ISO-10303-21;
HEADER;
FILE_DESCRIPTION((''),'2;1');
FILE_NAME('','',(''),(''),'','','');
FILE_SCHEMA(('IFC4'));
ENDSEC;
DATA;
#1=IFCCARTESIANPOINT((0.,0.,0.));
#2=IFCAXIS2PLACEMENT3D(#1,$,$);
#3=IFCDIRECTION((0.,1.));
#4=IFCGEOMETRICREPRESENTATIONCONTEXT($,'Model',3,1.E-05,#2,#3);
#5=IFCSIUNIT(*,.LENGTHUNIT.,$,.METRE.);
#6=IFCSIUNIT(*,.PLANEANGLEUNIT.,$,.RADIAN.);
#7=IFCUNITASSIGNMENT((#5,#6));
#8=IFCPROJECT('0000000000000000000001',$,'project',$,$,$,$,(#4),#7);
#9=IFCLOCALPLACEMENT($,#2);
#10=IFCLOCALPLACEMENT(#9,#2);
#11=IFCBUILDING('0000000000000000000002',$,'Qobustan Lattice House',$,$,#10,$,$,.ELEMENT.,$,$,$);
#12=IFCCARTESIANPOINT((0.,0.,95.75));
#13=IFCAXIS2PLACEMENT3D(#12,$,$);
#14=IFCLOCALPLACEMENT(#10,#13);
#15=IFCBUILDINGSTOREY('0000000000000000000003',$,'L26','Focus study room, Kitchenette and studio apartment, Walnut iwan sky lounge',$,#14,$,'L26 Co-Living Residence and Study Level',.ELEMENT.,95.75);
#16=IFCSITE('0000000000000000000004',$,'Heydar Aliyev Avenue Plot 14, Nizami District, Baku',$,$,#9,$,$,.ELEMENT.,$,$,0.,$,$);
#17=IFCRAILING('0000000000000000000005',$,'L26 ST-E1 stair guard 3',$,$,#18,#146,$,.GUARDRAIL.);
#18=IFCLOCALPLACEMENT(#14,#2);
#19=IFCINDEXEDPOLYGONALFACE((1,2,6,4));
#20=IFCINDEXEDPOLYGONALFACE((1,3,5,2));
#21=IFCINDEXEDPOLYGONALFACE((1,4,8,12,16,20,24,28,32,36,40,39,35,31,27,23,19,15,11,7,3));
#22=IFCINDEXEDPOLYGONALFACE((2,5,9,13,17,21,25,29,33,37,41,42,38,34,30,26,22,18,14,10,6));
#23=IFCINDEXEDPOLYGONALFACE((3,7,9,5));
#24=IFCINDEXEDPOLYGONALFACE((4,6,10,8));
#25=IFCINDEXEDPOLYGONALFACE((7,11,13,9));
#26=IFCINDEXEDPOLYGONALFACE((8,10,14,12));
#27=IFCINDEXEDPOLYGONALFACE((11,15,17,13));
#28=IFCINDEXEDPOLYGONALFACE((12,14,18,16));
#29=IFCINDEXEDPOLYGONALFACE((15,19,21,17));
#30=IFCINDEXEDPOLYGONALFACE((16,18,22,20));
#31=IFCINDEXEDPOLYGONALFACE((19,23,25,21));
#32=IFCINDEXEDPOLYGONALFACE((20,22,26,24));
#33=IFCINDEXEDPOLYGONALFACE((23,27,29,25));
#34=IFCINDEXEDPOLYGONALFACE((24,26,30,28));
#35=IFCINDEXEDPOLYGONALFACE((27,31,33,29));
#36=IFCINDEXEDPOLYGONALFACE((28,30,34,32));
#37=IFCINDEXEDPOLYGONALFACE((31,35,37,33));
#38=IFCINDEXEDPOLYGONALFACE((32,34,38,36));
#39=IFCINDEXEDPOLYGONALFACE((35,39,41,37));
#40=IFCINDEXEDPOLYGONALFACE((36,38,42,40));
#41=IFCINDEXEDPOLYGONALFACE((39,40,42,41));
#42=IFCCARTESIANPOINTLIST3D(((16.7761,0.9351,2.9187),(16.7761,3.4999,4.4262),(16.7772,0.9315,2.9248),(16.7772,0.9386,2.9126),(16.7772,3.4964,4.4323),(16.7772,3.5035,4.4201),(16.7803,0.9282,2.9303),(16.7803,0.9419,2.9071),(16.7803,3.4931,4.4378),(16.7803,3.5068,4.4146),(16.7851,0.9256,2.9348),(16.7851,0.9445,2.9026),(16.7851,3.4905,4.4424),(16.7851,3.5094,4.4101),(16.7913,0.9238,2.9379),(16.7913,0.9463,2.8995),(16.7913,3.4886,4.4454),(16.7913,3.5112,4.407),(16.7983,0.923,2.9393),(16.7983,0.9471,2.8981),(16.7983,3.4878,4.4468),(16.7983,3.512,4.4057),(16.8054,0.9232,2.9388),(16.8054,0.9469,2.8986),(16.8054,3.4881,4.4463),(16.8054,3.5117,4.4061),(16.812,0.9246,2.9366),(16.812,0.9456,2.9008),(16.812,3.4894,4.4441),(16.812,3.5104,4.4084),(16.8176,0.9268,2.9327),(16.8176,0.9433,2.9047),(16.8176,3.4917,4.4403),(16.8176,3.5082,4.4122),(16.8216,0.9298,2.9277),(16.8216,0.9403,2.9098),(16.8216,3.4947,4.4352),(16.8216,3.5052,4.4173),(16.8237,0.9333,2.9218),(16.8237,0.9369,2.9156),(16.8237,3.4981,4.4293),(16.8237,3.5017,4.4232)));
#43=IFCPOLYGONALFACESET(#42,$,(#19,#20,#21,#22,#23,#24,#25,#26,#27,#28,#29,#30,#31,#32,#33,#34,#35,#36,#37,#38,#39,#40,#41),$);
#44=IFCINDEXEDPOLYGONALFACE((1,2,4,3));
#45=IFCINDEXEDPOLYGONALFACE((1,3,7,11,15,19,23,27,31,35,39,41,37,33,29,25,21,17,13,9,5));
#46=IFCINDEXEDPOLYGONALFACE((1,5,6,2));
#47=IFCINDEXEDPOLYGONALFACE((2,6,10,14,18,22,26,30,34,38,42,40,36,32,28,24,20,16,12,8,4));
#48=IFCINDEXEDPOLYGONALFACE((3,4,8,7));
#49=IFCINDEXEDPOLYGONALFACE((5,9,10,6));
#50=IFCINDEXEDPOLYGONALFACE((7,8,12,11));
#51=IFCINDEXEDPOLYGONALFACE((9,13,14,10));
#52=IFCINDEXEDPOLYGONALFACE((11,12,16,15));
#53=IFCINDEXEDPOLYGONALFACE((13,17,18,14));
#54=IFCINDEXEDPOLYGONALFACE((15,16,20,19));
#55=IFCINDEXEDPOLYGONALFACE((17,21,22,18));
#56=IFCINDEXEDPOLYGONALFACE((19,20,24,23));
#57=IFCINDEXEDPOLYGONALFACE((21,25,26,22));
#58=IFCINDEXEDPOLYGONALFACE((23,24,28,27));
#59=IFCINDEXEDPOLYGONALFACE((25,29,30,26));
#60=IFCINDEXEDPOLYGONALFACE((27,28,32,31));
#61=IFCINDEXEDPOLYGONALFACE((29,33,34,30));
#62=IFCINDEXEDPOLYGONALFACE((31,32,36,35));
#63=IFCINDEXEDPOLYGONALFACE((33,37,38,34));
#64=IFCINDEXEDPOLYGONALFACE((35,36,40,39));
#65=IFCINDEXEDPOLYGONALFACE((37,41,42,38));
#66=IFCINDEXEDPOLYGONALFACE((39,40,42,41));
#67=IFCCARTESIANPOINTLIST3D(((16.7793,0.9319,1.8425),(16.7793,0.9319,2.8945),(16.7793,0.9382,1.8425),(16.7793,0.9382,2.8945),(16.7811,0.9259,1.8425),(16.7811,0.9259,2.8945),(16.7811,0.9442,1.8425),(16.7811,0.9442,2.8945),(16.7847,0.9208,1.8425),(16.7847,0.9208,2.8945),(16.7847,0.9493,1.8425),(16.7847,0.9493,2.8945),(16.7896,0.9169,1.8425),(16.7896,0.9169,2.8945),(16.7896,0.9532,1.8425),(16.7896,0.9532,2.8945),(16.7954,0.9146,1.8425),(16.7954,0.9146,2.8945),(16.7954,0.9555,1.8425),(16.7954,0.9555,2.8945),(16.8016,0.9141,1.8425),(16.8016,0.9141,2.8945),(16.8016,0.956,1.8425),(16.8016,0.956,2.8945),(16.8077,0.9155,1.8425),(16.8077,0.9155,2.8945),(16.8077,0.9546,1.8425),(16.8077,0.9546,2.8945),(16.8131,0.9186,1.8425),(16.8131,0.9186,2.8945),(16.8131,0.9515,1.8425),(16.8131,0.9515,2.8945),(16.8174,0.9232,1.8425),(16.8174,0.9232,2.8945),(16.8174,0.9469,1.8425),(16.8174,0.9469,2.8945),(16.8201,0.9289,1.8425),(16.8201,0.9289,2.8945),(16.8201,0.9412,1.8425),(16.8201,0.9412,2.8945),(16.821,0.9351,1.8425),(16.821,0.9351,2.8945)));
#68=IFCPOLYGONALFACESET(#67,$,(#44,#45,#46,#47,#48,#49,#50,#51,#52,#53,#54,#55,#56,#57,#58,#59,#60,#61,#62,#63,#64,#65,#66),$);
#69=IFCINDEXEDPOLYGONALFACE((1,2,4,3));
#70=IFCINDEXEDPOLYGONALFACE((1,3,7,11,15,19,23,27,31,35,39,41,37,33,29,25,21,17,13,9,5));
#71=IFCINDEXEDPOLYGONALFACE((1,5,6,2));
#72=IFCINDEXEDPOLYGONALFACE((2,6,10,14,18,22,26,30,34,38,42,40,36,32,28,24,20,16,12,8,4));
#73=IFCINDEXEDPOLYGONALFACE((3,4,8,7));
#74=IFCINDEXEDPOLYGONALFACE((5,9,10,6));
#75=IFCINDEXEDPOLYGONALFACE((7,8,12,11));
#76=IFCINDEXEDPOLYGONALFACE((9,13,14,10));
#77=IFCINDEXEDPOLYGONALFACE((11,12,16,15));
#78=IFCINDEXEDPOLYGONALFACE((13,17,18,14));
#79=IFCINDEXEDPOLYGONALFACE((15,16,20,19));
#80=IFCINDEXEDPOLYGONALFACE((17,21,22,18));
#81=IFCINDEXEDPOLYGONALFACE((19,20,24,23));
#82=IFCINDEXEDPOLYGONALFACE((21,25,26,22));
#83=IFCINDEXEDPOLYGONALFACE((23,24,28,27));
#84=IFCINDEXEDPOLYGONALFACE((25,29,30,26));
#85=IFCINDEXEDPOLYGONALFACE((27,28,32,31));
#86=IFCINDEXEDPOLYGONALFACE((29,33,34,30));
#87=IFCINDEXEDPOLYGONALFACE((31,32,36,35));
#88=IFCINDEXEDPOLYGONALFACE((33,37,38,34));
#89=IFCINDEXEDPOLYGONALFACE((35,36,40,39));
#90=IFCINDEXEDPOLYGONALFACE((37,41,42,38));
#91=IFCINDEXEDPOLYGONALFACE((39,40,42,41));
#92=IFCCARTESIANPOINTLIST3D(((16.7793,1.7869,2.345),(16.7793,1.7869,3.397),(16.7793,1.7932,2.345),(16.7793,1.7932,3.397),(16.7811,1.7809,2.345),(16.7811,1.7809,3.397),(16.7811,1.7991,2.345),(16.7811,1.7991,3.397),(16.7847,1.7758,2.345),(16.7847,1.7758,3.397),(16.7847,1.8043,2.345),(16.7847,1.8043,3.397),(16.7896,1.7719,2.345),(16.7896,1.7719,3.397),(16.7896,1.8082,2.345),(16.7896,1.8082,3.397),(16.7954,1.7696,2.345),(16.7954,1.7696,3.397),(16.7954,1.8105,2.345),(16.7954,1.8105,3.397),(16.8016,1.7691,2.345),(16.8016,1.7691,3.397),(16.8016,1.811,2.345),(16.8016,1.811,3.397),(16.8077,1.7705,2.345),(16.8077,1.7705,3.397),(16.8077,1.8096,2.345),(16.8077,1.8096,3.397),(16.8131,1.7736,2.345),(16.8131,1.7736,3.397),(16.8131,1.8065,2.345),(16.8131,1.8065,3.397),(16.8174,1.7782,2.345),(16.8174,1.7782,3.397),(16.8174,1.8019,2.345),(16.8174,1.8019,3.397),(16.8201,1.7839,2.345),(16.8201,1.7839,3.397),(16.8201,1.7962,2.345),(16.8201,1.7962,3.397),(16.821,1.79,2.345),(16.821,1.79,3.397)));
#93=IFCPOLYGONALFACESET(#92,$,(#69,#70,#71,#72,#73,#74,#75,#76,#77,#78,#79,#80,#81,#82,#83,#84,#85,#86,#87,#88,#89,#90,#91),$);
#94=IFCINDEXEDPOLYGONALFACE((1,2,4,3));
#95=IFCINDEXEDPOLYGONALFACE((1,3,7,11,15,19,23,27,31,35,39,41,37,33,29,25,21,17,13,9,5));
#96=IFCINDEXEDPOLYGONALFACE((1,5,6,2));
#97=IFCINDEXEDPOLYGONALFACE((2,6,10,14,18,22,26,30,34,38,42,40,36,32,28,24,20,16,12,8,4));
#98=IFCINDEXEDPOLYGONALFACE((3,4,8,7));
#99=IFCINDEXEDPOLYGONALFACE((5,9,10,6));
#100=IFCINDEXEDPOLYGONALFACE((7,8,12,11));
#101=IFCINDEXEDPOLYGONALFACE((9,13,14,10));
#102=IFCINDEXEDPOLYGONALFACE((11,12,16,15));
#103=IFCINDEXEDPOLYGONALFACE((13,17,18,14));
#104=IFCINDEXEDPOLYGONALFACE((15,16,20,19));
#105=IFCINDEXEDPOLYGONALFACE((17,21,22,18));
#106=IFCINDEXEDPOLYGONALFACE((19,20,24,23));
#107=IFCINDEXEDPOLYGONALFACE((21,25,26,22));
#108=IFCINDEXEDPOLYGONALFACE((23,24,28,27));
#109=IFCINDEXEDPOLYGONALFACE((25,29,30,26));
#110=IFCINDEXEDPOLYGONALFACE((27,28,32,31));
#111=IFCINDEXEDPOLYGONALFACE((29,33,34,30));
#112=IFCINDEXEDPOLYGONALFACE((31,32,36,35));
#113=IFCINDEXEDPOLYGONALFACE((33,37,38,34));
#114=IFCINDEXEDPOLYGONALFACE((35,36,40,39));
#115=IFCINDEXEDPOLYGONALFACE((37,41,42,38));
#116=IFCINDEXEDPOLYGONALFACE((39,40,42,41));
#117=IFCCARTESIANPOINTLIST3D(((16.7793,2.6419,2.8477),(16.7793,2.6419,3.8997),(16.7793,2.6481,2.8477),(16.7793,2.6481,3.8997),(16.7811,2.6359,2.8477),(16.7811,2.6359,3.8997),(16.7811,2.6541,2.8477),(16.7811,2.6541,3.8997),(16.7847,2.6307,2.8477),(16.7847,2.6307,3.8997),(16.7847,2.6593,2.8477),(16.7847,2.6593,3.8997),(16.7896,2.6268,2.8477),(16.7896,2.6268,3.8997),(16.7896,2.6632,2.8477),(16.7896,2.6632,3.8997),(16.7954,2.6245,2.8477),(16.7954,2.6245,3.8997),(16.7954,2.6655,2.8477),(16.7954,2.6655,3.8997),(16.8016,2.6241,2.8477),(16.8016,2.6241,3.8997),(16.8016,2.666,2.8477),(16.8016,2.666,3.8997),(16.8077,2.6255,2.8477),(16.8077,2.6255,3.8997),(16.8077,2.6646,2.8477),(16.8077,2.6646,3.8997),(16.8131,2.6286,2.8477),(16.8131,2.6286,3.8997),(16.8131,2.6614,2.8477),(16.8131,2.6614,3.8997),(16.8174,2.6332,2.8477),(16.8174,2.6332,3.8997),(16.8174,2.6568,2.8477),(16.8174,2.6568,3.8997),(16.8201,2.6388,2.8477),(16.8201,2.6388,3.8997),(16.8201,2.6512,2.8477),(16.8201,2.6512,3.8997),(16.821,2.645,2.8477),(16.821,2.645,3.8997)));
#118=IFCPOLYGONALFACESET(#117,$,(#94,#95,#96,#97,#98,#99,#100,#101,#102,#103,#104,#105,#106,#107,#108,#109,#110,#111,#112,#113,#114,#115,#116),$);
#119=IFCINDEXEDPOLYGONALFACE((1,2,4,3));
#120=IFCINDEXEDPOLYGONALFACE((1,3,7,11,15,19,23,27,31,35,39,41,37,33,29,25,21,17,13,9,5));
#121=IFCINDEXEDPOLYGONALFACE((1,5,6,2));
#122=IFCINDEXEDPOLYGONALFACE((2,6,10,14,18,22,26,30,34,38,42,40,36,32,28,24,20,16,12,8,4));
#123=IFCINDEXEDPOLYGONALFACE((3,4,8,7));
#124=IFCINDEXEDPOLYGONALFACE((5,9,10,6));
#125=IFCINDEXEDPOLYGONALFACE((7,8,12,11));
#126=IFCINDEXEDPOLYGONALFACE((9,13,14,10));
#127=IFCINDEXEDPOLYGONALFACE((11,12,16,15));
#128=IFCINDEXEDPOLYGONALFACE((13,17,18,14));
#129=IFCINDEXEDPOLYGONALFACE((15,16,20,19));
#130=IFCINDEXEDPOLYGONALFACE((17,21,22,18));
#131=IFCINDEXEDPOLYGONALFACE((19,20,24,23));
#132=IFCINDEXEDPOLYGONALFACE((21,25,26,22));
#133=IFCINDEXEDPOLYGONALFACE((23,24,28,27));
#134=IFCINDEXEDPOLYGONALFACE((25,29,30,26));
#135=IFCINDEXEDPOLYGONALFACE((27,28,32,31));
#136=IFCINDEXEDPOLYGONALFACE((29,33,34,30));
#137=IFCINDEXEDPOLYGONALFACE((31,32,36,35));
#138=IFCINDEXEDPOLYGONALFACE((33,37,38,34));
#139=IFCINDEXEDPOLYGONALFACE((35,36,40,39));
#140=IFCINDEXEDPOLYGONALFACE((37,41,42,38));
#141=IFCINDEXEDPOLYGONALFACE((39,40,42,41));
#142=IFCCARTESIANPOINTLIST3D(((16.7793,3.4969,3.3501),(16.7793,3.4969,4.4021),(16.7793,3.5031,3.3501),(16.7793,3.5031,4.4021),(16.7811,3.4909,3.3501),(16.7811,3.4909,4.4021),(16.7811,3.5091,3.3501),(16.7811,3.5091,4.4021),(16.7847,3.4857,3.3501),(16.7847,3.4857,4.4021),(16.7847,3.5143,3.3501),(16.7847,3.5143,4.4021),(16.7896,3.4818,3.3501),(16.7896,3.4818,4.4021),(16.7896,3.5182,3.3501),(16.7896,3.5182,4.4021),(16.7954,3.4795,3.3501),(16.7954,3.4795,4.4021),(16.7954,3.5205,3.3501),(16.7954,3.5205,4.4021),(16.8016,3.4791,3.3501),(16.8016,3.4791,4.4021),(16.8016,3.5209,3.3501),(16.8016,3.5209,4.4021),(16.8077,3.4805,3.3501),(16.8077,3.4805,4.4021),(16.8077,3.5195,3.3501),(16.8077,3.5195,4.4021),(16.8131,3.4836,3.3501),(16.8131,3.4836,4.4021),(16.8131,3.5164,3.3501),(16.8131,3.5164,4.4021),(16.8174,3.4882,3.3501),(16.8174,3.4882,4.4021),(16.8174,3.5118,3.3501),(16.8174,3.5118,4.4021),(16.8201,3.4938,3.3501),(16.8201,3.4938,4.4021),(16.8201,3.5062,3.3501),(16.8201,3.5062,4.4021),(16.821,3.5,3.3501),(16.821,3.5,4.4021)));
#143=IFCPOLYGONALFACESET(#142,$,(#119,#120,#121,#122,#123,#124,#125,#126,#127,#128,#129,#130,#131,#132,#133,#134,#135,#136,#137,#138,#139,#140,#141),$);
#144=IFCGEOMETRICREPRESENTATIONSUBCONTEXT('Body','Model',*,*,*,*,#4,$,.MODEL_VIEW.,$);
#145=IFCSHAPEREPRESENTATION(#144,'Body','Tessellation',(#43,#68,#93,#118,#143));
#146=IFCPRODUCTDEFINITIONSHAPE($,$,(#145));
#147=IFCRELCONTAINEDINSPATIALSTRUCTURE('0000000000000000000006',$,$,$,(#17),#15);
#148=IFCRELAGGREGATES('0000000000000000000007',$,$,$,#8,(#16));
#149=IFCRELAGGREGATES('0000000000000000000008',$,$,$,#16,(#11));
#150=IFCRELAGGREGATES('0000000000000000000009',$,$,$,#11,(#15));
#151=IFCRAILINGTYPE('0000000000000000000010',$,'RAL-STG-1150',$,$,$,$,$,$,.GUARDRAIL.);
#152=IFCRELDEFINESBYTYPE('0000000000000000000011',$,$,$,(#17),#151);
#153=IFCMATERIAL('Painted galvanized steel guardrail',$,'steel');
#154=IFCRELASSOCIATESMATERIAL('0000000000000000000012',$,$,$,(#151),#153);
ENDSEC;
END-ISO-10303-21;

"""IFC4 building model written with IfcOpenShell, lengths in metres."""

from ifc_helpers import new_model, si_unit, direction, frame, origin, origin_2d, place, context, subcontext, project, spatial, circle, extrude, material, type_object, element, save


model = new_model("IFC4")

# Units and contexts
model_context = context("Model", 3, precision=1e-05, world=origin(), true_north=direction((0.0, 1.0)))
body_context = subcontext(model_context, "Body", "Model", "MODEL_VIEW")
ifc_project = project(units=[si_unit("LENGTHUNIT", "METRE"), si_unit("PLANEANGLEUNIT", "RADIAN")], contexts=[model_context])

# Site, building, storey
site_placement = place(None, origin())
site = spatial("IfcSite", under=ifc_project, at=site_placement, Name="Heydar Aliyev Avenue Plot 14, Nizami District, Baku", CompositionType="ELEMENT", RefElevation=0.0)
building_placement = place(site_placement, origin())
building = spatial("IfcBuilding", under=site, at=building_placement, Name="Qobustan Lattice House", CompositionType="ELEMENT")
storey_placement = place(building_placement, frame((0.0, 0.0, 95.75)))
storey = spatial("IfcBuildingStorey", under=building, at=storey_placement, Name="L26", Description="Focus study room, Kitchenette and studio apartment, Walnut iwan sky lounge", LongName="L26 Co-Living Residence and Study Level", CompositionType="ELEMENT", Elevation=95.75)

# Railing
ifc_material_1 = material(Name="Painted galvanized steel guardrail", Category="steel")
railing_type_1 = type_object("IfcRailingType", Name="RAL-STG-1150", PredefinedType="GUARDRAIL", material=ifc_material_1)
railing_1_placement = place(storey_placement, frame((16.8, 0.9351, 1.8425)))
element("IfcRailing", 1, at=railing_1_placement, inside=storey, type_object=railing_type_1, Name="L26 ST-E1 stair guard 3", PredefinedType="GUARDRAIL", context=body_context, shape_type="SweptSolid", body=[
    extrude(circle(Radius=0.0239, at=origin_2d()), frame((0.0, 0.0, 1.0762), z_axis=(0.0, 0.862113, 0.506715), x_axis=(-1.0, 0.0, 0.0)), (0.0, 0.0, 1.0), 2.9751),
    extrude(circle(Radius=0.021, at=origin_2d()), origin(), (0.0, 0.0, 1.0), 1.052),
    extrude(circle(Radius=0.021, at=origin_2d()), frame((0.0, 0.855, 0.5024)), (0.0, 0.0, 1.0), 1.052),
    extrude(circle(Radius=0.021, at=origin_2d()), frame((0.0, 1.71, 1.0051)), (0.0, 0.0, 1.0), 1.052),
    extrude(circle(Radius=0.021, at=origin_2d()), frame((0.0, 2.5649, 1.5076)), (0.0, 0.0, 1.0), 1.052),
])

save(model, "model.ifc")
